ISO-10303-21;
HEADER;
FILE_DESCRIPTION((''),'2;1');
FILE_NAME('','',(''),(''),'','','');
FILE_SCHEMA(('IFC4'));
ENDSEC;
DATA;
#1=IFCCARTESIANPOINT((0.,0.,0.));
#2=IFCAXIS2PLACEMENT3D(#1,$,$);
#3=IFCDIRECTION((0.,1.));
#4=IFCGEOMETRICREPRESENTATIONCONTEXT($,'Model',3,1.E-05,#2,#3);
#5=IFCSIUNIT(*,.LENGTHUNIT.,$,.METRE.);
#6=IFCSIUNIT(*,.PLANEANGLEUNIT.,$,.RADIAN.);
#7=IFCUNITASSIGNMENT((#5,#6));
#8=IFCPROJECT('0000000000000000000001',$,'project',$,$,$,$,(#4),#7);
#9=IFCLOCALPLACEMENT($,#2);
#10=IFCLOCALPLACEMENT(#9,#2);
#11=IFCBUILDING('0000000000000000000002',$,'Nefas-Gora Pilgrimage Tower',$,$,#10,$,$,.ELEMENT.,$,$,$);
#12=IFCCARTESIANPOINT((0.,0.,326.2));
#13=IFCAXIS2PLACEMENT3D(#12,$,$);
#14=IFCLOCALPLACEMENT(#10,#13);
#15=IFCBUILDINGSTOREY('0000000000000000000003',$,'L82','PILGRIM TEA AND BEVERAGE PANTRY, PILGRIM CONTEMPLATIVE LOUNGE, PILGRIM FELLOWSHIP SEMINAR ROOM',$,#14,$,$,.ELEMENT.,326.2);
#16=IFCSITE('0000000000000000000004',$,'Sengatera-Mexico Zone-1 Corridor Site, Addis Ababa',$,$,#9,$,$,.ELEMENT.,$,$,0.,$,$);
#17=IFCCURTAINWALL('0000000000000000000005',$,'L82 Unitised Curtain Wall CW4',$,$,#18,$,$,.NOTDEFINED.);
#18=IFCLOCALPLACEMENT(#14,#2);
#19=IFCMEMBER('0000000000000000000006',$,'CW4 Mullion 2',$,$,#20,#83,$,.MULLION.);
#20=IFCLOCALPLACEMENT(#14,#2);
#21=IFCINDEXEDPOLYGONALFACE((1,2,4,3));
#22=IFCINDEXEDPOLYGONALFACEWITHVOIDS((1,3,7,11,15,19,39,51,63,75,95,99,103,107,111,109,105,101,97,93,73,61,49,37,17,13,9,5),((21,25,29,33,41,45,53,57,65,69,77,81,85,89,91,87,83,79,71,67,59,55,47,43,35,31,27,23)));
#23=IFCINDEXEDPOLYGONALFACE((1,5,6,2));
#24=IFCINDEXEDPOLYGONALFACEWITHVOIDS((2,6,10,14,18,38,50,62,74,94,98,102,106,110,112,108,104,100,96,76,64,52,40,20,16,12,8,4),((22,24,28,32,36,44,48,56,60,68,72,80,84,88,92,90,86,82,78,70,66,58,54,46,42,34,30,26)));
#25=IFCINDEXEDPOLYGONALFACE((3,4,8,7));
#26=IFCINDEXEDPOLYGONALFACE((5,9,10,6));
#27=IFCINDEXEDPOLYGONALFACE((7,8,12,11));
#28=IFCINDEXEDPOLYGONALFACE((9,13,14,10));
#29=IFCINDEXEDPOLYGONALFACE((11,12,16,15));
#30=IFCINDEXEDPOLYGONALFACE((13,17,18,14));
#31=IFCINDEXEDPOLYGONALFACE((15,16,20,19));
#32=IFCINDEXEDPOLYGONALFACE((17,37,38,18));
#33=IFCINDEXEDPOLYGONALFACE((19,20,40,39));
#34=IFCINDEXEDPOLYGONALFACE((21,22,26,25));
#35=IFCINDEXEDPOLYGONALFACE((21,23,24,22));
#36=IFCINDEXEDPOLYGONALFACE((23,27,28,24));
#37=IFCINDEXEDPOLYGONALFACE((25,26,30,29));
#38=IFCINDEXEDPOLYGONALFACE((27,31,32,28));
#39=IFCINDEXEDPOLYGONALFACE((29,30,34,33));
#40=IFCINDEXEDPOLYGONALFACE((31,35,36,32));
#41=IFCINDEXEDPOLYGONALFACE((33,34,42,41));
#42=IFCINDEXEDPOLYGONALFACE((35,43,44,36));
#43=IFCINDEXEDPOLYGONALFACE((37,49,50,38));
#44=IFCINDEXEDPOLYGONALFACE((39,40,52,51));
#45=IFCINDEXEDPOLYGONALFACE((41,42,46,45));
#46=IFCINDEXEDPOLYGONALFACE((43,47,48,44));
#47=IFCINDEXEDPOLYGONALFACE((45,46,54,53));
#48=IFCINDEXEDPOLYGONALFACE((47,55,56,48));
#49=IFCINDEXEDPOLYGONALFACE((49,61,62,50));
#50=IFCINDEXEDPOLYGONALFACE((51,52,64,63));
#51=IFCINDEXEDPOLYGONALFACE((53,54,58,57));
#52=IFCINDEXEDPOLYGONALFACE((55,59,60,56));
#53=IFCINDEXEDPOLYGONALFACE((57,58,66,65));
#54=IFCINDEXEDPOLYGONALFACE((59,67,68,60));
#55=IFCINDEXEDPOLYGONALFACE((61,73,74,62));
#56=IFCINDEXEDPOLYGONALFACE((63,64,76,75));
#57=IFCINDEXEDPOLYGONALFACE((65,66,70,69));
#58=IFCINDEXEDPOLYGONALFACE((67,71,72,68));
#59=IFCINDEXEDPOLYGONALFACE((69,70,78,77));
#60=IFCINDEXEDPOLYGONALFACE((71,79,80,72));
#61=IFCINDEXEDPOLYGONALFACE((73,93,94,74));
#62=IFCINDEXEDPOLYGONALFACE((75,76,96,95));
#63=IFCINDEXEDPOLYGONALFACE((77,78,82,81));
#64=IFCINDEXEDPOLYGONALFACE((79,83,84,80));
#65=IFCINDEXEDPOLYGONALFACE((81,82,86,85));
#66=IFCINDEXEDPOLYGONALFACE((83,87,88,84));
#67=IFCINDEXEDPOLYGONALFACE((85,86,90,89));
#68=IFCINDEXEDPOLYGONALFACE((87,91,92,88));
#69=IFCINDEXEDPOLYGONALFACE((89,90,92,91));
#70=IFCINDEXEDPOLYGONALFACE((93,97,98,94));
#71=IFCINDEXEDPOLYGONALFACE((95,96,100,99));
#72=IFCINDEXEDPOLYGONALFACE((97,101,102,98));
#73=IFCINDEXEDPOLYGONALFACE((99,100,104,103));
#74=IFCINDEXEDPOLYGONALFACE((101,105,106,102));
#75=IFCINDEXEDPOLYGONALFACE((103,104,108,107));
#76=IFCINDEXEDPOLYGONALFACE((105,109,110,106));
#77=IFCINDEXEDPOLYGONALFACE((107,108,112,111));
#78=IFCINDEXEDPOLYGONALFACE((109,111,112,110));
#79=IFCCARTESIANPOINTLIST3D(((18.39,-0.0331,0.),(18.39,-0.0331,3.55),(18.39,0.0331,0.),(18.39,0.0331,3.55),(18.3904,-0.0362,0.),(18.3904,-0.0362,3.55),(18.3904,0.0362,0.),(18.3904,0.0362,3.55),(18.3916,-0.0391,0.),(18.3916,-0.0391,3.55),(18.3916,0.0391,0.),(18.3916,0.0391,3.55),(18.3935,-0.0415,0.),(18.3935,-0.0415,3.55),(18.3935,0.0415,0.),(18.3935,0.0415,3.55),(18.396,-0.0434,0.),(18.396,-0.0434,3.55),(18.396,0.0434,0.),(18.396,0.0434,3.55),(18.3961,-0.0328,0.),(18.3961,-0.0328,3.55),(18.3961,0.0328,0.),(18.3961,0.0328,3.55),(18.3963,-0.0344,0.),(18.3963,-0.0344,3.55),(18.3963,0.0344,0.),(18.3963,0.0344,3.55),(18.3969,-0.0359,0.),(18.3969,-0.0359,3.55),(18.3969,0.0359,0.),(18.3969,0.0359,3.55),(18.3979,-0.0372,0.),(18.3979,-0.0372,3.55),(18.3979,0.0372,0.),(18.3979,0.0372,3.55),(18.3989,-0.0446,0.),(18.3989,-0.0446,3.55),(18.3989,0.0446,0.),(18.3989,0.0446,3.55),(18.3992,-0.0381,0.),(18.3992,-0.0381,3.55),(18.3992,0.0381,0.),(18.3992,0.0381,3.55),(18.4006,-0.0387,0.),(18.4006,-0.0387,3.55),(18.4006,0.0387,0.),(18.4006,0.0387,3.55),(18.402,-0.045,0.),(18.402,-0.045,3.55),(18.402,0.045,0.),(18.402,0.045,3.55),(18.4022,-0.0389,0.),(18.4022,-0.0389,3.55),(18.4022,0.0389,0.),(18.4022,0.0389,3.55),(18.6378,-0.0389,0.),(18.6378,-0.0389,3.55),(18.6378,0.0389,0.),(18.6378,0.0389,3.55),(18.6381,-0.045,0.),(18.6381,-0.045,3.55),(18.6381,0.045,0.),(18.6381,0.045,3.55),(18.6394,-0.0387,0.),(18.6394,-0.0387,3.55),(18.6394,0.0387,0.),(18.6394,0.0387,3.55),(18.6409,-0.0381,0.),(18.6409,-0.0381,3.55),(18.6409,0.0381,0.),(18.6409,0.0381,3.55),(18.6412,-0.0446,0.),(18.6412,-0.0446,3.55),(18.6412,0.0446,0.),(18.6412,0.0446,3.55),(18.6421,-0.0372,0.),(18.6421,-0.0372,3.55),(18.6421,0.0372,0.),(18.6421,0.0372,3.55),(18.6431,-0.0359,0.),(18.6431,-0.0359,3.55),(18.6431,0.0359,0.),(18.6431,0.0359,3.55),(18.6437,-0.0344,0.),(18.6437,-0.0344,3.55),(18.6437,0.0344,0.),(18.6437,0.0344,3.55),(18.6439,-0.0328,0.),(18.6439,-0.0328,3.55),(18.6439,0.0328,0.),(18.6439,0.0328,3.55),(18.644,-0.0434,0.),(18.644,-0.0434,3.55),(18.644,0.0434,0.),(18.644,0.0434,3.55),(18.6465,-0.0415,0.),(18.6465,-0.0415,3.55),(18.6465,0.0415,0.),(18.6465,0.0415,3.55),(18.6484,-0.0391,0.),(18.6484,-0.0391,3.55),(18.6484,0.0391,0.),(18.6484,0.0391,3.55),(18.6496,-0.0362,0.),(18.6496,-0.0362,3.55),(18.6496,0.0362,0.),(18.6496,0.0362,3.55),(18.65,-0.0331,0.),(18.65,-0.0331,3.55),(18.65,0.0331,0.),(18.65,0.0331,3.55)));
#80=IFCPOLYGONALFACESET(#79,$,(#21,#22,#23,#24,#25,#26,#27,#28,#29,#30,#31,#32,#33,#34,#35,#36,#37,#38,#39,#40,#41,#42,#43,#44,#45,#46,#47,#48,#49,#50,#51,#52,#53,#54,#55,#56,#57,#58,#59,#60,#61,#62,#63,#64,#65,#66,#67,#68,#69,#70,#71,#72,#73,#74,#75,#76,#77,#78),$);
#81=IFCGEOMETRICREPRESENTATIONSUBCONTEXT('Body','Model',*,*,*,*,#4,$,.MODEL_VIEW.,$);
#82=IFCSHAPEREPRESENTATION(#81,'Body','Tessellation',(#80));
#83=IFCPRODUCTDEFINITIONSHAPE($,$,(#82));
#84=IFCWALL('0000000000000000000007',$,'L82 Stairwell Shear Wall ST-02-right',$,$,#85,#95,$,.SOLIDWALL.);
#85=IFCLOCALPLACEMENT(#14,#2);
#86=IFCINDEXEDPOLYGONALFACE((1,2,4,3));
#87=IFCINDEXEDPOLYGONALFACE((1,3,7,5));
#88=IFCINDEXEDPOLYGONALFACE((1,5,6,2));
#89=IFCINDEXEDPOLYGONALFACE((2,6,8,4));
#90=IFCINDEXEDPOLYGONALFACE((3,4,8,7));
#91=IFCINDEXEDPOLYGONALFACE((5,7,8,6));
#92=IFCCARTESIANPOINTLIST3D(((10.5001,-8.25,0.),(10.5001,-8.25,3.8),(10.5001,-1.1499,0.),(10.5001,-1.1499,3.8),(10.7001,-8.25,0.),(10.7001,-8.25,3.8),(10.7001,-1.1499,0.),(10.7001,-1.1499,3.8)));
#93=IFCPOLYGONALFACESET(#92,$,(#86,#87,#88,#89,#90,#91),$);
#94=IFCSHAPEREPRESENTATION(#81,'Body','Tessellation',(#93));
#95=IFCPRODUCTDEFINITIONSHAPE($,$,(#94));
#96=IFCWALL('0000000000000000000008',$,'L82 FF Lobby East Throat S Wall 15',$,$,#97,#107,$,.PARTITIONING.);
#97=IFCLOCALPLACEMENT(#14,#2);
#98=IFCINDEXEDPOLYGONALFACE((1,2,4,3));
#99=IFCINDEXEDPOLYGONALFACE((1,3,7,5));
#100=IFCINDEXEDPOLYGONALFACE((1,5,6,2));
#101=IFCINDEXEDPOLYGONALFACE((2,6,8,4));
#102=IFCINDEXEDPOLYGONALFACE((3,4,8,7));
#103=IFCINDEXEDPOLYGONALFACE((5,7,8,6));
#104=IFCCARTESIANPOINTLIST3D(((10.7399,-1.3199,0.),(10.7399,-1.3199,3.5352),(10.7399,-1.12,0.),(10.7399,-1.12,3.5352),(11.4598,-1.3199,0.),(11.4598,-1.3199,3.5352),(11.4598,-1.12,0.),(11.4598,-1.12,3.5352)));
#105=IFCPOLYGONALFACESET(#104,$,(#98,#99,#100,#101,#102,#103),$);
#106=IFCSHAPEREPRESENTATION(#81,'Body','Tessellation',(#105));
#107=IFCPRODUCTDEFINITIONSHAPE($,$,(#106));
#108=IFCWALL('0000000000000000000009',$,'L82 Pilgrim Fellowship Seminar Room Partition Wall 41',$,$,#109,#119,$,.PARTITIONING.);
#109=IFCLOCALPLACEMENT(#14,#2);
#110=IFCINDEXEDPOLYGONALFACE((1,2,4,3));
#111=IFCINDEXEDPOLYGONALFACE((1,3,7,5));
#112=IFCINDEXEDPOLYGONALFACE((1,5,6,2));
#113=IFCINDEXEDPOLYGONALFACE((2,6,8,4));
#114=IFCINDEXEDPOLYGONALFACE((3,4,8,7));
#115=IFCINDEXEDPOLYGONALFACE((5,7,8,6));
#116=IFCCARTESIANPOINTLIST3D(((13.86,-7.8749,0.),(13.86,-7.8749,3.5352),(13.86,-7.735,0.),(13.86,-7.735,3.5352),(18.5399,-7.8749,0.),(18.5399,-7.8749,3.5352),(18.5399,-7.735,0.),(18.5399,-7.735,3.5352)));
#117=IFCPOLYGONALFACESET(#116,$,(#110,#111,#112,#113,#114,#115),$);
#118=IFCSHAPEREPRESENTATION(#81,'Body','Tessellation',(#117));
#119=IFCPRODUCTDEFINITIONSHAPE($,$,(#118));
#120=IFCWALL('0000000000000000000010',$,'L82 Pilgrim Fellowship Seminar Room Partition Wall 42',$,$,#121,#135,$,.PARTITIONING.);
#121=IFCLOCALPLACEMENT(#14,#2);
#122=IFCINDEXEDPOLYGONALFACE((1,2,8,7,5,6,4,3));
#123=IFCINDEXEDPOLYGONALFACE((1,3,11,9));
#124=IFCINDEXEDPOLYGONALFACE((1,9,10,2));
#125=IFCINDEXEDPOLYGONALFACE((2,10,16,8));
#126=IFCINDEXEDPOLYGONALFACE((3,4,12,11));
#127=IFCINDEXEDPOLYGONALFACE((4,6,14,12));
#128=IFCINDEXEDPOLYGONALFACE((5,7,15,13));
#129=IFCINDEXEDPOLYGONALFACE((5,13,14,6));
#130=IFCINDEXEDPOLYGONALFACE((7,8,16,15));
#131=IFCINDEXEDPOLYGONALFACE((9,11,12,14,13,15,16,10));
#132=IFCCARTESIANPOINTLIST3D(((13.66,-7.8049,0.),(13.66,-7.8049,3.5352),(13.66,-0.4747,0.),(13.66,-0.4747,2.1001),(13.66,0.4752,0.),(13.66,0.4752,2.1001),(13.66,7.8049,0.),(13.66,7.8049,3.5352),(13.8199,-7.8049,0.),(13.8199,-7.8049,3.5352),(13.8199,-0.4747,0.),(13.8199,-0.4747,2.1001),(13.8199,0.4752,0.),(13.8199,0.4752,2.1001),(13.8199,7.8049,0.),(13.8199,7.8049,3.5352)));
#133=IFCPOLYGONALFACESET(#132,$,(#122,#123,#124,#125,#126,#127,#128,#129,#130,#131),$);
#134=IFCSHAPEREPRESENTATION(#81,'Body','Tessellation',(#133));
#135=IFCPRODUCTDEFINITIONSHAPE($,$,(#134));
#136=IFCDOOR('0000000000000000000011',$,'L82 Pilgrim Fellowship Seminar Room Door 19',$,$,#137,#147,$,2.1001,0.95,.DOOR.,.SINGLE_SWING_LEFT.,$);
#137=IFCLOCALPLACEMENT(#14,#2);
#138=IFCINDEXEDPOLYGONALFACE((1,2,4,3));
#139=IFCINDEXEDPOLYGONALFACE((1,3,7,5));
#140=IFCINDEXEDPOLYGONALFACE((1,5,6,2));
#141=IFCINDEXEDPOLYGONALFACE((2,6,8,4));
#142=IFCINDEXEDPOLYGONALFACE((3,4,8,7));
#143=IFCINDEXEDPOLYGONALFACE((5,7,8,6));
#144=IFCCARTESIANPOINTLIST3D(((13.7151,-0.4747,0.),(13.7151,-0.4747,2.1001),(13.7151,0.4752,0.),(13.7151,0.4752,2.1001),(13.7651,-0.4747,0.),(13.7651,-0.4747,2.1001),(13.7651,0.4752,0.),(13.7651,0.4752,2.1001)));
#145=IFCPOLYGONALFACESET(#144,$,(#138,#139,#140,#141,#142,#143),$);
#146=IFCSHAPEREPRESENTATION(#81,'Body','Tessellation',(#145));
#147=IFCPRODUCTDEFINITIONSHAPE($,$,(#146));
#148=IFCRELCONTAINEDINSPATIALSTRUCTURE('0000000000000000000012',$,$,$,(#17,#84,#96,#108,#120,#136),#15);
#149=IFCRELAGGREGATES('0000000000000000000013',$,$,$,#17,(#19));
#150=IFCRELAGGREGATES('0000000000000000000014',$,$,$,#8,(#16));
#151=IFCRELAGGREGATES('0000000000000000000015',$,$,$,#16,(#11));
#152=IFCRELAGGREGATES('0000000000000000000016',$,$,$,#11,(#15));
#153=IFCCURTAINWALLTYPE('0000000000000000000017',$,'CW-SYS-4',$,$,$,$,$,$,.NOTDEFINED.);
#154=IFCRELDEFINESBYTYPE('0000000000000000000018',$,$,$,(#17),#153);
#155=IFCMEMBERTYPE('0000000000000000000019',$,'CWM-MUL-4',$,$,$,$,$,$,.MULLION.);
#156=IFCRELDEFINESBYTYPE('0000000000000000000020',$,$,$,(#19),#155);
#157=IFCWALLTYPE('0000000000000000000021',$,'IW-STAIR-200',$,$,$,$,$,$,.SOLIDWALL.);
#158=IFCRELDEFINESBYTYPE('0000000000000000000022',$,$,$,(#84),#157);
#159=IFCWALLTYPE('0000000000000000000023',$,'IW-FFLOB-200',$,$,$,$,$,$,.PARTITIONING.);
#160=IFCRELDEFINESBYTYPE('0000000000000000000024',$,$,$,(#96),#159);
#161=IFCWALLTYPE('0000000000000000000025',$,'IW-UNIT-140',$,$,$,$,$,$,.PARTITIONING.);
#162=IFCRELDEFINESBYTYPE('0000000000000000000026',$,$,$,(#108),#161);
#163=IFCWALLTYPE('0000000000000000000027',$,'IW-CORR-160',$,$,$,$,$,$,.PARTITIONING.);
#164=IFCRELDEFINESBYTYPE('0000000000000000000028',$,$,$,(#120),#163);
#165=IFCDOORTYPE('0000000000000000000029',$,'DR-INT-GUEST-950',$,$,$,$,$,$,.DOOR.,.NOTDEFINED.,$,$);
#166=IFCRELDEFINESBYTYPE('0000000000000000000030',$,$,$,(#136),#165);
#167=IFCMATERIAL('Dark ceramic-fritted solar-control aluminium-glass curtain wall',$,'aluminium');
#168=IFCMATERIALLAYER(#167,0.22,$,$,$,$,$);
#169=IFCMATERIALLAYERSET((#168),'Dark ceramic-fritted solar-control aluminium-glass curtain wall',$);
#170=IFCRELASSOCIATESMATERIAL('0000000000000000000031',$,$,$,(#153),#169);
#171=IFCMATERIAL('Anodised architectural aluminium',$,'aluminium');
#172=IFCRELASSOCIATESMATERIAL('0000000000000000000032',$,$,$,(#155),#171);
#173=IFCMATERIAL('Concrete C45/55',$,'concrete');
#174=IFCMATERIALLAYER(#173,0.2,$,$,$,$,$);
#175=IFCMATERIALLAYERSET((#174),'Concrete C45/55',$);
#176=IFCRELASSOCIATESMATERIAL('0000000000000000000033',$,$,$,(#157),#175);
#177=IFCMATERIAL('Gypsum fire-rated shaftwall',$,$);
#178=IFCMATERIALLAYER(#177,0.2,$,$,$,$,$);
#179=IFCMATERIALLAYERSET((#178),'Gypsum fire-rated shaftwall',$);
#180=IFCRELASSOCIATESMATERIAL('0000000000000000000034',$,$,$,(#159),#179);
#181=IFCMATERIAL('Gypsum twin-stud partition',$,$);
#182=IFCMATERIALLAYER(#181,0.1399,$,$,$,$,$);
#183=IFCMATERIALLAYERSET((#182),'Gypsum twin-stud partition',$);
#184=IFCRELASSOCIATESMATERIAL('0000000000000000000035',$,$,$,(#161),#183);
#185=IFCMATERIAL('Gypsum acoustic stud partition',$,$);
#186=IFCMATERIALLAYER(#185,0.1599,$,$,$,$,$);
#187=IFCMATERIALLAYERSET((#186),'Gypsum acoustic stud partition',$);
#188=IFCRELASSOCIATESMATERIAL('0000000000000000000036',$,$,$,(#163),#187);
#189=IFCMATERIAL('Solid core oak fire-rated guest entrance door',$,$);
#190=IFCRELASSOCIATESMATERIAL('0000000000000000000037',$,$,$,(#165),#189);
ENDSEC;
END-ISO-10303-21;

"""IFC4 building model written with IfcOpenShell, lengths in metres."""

from ifc_helpers import new_model, si_unit, direction, frame, frame_2d, origin, origin_2d, place, context, subcontext, project, spatial, rectangle, hollow_rectangle, extrude, source, transform, mapped, material, layer, layer_set, material_profile, profile_set, type_object, element, fill, aggregate, save


model = new_model("IFC4")

# Units and contexts
model_context = context("Model", 3, precision=1e-05, world=origin(), true_north=direction((0.0, 1.0)))
body_context = subcontext(model_context, "Body", "Model", "MODEL_VIEW")
ifc_project = project(units=[si_unit("LENGTHUNIT", "METRE"), si_unit("PLANEANGLEUNIT", "RADIAN")], contexts=[model_context])

# Site, building, storey
site_placement = place(None, origin())
site = spatial("IfcSite", under=ifc_project, at=site_placement, Name="Sengatera-Mexico Zone-1 Corridor Site, Addis Ababa", CompositionType="ELEMENT", RefElevation=0.0)
building_placement = place(site_placement, origin())
building = spatial("IfcBuilding", under=site, at=building_placement, Name="Nefas-Gora Pilgrimage Tower", CompositionType="ELEMENT")
storey_placement = place(building_placement, frame((0.0, 0.0, 326.2)))
storey = spatial("IfcBuildingStorey", under=building, at=storey_placement, Name="L82", Description="PILGRIM TEA AND BEVERAGE PANTRY, PILGRIM CONTEMPLATIVE LOUNGE, PILGRIM FELLOWSHIP SEMINAR ROOM", CompositionType="ELEMENT", Elevation=326.2)

# Curtain wall, member
ifc_material_1 = material(Name="Dark ceramic-fritted solar-control aluminium-glass curtain wall", Category="aluminium")
ifc_layer_1 = layer(ifc_material_1, 0.22)
ifc_layer_set_1 = layer_set([ifc_layer_1], Name="Dark ceramic-fritted solar-control aluminium-glass curtain wall")
curtain_wall_type = type_object("IfcCurtainWallType", Name="CW-SYS-4", PredefinedType="NOTDEFINED", material=ifc_layer_set_1)
curtain_wall_placement = place(storey_placement, origin())
curtain_wall = element("IfcCurtainWall", 1, at=curtain_wall_placement, inside=storey, type_object=curtain_wall_type, Name="L82 Unitised Curtain Wall CW4", PredefinedType="NOTDEFINED")
ifc_material_2 = material(Name="Anodised architectural aluminium", Category="aluminium")
ifc_material_profile_1 = material_profile(ifc_material_2, hollow_rectangle(XDim=0.0901, YDim=0.26, WallThickness=0.0061, InnerFilletRadius=0.0061, OuterFilletRadius=0.012, at=origin_2d()), Name="ALU MULLION 90x260")
ifc_profile_set_1 = profile_set([ifc_material_profile_1], Name="Anodised architectural aluminium")
member_type = type_object("IfcMemberType", Name="CWM-MUL-4", PredefinedType="MULLION", material=ifc_profile_set_1)
shared_shape_1 = source(origin(), body_context, "Body", "SweptSolid", [
    extrude(hollow_rectangle(XDim=0.0901, YDim=0.26, WallThickness=0.0061, InnerFilletRadius=0.0061, OuterFilletRadius=0.012, at=origin_2d()), origin(), (0.0, 0.0, 1.0), 3.55),
])
member_placement = place(storey_placement, frame((18.52, 0.0, 0.0), z_axis=(0.0, 0.0, 1.0), x_axis=(0.0, 1.0, 0.0)))
member = element("IfcMember", 2, at=member_placement, type_object=member_type, Name="CW4 Mullion 2", PredefinedType="MULLION", context=body_context, shape_type="MappedRepresentation", body=[
    mapped(shared_shape_1, transform((0.0, 0.0, 0.0), x_axis=(1.0, 0.0, 0.0), y_axis=(0.0, 1.0, 0.0), z_axis=(0.0, 0.0, 1.0), scale=1.0)),
])
aggregate(curtain_wall, [member])

# Walls
ifc_material_3 = material(Name="Concrete C45/55", Category="concrete")
ifc_layer_2 = layer(ifc_material_3, 0.2)
ifc_layer_set_2 = layer_set([ifc_layer_2], Name="Concrete C45/55")
wall_type_1 = type_object("IfcWallType", Name="IW-STAIR-200", PredefinedType="SOLIDWALL", material=ifc_layer_set_2)
shared_shape_2 = source(origin(), body_context, "Body", "SweptSolid", [
    extrude(rectangle(XDim=7.1001, YDim=0.2, at=frame_2d((3.55, 0.0))), origin(), (0.0, 0.0, 1.0), 3.8),
])
wall_1_placement = place(storey_placement, frame((10.6001, -1.1499, 0.0), z_axis=(0.0, 0.0, 1.0), x_axis=(0.0, -1.0, 0.0)))
element("IfcWall", 3, at=wall_1_placement, inside=storey, type_object=wall_type_1, Name="L82 Stairwell Shear Wall ST-02-right", PredefinedType="SOLIDWALL", context=body_context, shape_type="MappedRepresentation", body=[
    mapped(shared_shape_2, transform((0.0, 0.0, 0.0), x_axis=(1.0, 0.0, 0.0), y_axis=(0.0, 1.0, 0.0), z_axis=(0.0, 0.0, 1.0), scale=1.0)),
])
ifc_material_4 = material(Name="Gypsum fire-rated shaftwall")
ifc_layer_3 = layer(ifc_material_4, 0.2)
ifc_layer_set_3 = layer_set([ifc_layer_3], Name="Gypsum fire-rated shaftwall")
wall_type_2 = type_object("IfcWallType", Name="IW-FFLOB-200", PredefinedType="PARTITIONING", material=ifc_layer_set_3)
shared_shape_3 = source(origin(), body_context, "Body", "SweptSolid", [
    extrude(rectangle(XDim=0.72, YDim=0.2, at=frame_2d((0.3599, 0.0))), origin(), (0.0, 0.0, 1.0), 3.5352),
])
wall_2_placement = place(storey_placement, frame((10.74, -1.22, 0.0), z_axis=(0.0, 0.0, 1.0), x_axis=(1.0, 0.0, 0.0)))
element("IfcWall", 4, at=wall_2_placement, inside=storey, type_object=wall_type_2, Name="L82 FF Lobby East Throat S Wall 15", PredefinedType="PARTITIONING", context=body_context, shape_type="MappedRepresentation", body=[
    mapped(shared_shape_3, transform((0.0, 0.0, 0.0), x_axis=(1.0, 0.0, 0.0), y_axis=(0.0, 1.0, 0.0), z_axis=(0.0, 0.0, 1.0), scale=1.0)),
])

# Wall
ifc_material_5 = material(Name="Gypsum twin-stud partition")
ifc_layer_4 = layer(ifc_material_5, 0.1399)
ifc_layer_set_4 = layer_set([ifc_layer_4], Name="Gypsum twin-stud partition")
wall_type_3 = type_object("IfcWallType", Name="IW-UNIT-140", PredefinedType="PARTITIONING", material=ifc_layer_set_4)
shared_shape_4 = source(origin(), body_context, "Body", "SweptSolid", [
    extrude(rectangle(XDim=4.6799, YDim=0.1399, at=frame_2d((2.3398, 0.0))), origin(), (0.0, 0.0, 1.0), 3.5352),
])
wall_3_placement = place(storey_placement, frame((13.8601, -7.8049, 0.0), z_axis=(0.0, 0.0, 1.0), x_axis=(1.0, 0.0, 0.0)))
element("IfcWall", 5, at=wall_3_placement, inside=storey, type_object=wall_type_3, Name="L82 Pilgrim Fellowship Seminar Room Partition Wall 41", PredefinedType="PARTITIONING", context=body_context, shape_type="MappedRepresentation", body=[
    mapped(shared_shape_4, transform((0.0, 0.0, 0.0), x_axis=(1.0, 0.0, 0.0), y_axis=(0.0, 1.0, 0.0), z_axis=(0.0, 0.0, 1.0), scale=1.0)),
])

# Wall, opening, door
ifc_material_6 = material(Name="Gypsum acoustic stud partition")
ifc_layer_5 = layer(ifc_material_6, 0.1599)
ifc_layer_set_5 = layer_set([ifc_layer_5], Name="Gypsum acoustic stud partition")
wall_type_4 = type_object("IfcWallType", Name="IW-CORR-160", PredefinedType="PARTITIONING", material=ifc_layer_set_5)
shared_shape_5 = source(origin(), body_context, "Body", "SweptSolid", [
    extrude(rectangle(XDim=15.6099, YDim=0.1599, at=frame_2d((7.8049, 0.0))), origin(), (0.0, 0.0, 1.0), 3.5352),
])
wall_4_placement = place(storey_placement, frame((13.74, -7.8049, 0.0), z_axis=(0.0, 0.0, 1.0), x_axis=(0.0, 1.0, 0.0)))
wall_4 = element("IfcWall", 6, at=wall_4_placement, inside=storey, type_object=wall_type_4, Name="L82 Pilgrim Fellowship Seminar Room Partition Wall 42", PredefinedType="PARTITIONING", context=body_context, shape_type="MappedRepresentation", body=[
    mapped(shared_shape_5, transform((0.0, 0.0, 0.0), x_axis=(1.0, 0.0, 0.0), y_axis=(0.0, 1.0, 0.0), z_axis=(0.0, 0.0, 1.0), scale=1.0)),
])
opening_1_placement = place(wall_4_placement, frame((7.3301, 0.0, 0.0)))
opening_1 = element("IfcOpeningElement", 7, at=opening_1_placement, cuts=wall_4, PredefinedType="OPENING", context=body_context, shape_type="SweptSolid", body=[
    extrude(rectangle(XDim=0.95, YDim=2.1001, at=frame_2d((0.4751, 1.05))), frame((0.0, 0.0898, 0.0), z_axis=(0.0, -1.0, 0.0), x_axis=(1.0, 0.0, 0.0)), (0.0, 0.0, 1.0), 0.1799),
])
ifc_material_7 = material(Name="Solid core oak fire-rated guest entrance door")
door_type_1 = type_object("IfcDoorType", Name="DR-INT-GUEST-950", OperationType="NOTDEFINED", PredefinedType="DOOR", material=ifc_material_7)
shared_shape_6 = source(origin(), body_context, "Body", "SweptSolid", [
    extrude(rectangle(XDim=0.95, YDim=2.1001, at=frame_2d((0.4751, 1.05))), frame((0.0, 0.0249, 0.0), z_axis=(0.0, -1.0, 0.0), x_axis=(1.0, 0.0, 0.0)), (0.0, 0.0, 1.0), 0.05),
])
door_1_placement = place(opening_1_placement, origin())
door_1 = element("IfcDoor", 8, at=door_1_placement, inside=storey, type_object=door_type_1, Name="L82 Pilgrim Fellowship Seminar Room Door 19", OperationType="SINGLE_SWING_LEFT", OverallHeight=2.1001, OverallWidth=0.95, PredefinedType="DOOR", context=body_context, shape_type="MappedRepresentation", body=[
    mapped(shared_shape_6, transform((0.0, 0.0, 0.0), x_axis=(1.0, 0.0, 0.0), y_axis=(0.0, 1.0, 0.0), z_axis=(0.0, 0.0, 1.0), scale=1.0)),
])
fill(opening_1, door_1)

save(model, "model.ifc")
